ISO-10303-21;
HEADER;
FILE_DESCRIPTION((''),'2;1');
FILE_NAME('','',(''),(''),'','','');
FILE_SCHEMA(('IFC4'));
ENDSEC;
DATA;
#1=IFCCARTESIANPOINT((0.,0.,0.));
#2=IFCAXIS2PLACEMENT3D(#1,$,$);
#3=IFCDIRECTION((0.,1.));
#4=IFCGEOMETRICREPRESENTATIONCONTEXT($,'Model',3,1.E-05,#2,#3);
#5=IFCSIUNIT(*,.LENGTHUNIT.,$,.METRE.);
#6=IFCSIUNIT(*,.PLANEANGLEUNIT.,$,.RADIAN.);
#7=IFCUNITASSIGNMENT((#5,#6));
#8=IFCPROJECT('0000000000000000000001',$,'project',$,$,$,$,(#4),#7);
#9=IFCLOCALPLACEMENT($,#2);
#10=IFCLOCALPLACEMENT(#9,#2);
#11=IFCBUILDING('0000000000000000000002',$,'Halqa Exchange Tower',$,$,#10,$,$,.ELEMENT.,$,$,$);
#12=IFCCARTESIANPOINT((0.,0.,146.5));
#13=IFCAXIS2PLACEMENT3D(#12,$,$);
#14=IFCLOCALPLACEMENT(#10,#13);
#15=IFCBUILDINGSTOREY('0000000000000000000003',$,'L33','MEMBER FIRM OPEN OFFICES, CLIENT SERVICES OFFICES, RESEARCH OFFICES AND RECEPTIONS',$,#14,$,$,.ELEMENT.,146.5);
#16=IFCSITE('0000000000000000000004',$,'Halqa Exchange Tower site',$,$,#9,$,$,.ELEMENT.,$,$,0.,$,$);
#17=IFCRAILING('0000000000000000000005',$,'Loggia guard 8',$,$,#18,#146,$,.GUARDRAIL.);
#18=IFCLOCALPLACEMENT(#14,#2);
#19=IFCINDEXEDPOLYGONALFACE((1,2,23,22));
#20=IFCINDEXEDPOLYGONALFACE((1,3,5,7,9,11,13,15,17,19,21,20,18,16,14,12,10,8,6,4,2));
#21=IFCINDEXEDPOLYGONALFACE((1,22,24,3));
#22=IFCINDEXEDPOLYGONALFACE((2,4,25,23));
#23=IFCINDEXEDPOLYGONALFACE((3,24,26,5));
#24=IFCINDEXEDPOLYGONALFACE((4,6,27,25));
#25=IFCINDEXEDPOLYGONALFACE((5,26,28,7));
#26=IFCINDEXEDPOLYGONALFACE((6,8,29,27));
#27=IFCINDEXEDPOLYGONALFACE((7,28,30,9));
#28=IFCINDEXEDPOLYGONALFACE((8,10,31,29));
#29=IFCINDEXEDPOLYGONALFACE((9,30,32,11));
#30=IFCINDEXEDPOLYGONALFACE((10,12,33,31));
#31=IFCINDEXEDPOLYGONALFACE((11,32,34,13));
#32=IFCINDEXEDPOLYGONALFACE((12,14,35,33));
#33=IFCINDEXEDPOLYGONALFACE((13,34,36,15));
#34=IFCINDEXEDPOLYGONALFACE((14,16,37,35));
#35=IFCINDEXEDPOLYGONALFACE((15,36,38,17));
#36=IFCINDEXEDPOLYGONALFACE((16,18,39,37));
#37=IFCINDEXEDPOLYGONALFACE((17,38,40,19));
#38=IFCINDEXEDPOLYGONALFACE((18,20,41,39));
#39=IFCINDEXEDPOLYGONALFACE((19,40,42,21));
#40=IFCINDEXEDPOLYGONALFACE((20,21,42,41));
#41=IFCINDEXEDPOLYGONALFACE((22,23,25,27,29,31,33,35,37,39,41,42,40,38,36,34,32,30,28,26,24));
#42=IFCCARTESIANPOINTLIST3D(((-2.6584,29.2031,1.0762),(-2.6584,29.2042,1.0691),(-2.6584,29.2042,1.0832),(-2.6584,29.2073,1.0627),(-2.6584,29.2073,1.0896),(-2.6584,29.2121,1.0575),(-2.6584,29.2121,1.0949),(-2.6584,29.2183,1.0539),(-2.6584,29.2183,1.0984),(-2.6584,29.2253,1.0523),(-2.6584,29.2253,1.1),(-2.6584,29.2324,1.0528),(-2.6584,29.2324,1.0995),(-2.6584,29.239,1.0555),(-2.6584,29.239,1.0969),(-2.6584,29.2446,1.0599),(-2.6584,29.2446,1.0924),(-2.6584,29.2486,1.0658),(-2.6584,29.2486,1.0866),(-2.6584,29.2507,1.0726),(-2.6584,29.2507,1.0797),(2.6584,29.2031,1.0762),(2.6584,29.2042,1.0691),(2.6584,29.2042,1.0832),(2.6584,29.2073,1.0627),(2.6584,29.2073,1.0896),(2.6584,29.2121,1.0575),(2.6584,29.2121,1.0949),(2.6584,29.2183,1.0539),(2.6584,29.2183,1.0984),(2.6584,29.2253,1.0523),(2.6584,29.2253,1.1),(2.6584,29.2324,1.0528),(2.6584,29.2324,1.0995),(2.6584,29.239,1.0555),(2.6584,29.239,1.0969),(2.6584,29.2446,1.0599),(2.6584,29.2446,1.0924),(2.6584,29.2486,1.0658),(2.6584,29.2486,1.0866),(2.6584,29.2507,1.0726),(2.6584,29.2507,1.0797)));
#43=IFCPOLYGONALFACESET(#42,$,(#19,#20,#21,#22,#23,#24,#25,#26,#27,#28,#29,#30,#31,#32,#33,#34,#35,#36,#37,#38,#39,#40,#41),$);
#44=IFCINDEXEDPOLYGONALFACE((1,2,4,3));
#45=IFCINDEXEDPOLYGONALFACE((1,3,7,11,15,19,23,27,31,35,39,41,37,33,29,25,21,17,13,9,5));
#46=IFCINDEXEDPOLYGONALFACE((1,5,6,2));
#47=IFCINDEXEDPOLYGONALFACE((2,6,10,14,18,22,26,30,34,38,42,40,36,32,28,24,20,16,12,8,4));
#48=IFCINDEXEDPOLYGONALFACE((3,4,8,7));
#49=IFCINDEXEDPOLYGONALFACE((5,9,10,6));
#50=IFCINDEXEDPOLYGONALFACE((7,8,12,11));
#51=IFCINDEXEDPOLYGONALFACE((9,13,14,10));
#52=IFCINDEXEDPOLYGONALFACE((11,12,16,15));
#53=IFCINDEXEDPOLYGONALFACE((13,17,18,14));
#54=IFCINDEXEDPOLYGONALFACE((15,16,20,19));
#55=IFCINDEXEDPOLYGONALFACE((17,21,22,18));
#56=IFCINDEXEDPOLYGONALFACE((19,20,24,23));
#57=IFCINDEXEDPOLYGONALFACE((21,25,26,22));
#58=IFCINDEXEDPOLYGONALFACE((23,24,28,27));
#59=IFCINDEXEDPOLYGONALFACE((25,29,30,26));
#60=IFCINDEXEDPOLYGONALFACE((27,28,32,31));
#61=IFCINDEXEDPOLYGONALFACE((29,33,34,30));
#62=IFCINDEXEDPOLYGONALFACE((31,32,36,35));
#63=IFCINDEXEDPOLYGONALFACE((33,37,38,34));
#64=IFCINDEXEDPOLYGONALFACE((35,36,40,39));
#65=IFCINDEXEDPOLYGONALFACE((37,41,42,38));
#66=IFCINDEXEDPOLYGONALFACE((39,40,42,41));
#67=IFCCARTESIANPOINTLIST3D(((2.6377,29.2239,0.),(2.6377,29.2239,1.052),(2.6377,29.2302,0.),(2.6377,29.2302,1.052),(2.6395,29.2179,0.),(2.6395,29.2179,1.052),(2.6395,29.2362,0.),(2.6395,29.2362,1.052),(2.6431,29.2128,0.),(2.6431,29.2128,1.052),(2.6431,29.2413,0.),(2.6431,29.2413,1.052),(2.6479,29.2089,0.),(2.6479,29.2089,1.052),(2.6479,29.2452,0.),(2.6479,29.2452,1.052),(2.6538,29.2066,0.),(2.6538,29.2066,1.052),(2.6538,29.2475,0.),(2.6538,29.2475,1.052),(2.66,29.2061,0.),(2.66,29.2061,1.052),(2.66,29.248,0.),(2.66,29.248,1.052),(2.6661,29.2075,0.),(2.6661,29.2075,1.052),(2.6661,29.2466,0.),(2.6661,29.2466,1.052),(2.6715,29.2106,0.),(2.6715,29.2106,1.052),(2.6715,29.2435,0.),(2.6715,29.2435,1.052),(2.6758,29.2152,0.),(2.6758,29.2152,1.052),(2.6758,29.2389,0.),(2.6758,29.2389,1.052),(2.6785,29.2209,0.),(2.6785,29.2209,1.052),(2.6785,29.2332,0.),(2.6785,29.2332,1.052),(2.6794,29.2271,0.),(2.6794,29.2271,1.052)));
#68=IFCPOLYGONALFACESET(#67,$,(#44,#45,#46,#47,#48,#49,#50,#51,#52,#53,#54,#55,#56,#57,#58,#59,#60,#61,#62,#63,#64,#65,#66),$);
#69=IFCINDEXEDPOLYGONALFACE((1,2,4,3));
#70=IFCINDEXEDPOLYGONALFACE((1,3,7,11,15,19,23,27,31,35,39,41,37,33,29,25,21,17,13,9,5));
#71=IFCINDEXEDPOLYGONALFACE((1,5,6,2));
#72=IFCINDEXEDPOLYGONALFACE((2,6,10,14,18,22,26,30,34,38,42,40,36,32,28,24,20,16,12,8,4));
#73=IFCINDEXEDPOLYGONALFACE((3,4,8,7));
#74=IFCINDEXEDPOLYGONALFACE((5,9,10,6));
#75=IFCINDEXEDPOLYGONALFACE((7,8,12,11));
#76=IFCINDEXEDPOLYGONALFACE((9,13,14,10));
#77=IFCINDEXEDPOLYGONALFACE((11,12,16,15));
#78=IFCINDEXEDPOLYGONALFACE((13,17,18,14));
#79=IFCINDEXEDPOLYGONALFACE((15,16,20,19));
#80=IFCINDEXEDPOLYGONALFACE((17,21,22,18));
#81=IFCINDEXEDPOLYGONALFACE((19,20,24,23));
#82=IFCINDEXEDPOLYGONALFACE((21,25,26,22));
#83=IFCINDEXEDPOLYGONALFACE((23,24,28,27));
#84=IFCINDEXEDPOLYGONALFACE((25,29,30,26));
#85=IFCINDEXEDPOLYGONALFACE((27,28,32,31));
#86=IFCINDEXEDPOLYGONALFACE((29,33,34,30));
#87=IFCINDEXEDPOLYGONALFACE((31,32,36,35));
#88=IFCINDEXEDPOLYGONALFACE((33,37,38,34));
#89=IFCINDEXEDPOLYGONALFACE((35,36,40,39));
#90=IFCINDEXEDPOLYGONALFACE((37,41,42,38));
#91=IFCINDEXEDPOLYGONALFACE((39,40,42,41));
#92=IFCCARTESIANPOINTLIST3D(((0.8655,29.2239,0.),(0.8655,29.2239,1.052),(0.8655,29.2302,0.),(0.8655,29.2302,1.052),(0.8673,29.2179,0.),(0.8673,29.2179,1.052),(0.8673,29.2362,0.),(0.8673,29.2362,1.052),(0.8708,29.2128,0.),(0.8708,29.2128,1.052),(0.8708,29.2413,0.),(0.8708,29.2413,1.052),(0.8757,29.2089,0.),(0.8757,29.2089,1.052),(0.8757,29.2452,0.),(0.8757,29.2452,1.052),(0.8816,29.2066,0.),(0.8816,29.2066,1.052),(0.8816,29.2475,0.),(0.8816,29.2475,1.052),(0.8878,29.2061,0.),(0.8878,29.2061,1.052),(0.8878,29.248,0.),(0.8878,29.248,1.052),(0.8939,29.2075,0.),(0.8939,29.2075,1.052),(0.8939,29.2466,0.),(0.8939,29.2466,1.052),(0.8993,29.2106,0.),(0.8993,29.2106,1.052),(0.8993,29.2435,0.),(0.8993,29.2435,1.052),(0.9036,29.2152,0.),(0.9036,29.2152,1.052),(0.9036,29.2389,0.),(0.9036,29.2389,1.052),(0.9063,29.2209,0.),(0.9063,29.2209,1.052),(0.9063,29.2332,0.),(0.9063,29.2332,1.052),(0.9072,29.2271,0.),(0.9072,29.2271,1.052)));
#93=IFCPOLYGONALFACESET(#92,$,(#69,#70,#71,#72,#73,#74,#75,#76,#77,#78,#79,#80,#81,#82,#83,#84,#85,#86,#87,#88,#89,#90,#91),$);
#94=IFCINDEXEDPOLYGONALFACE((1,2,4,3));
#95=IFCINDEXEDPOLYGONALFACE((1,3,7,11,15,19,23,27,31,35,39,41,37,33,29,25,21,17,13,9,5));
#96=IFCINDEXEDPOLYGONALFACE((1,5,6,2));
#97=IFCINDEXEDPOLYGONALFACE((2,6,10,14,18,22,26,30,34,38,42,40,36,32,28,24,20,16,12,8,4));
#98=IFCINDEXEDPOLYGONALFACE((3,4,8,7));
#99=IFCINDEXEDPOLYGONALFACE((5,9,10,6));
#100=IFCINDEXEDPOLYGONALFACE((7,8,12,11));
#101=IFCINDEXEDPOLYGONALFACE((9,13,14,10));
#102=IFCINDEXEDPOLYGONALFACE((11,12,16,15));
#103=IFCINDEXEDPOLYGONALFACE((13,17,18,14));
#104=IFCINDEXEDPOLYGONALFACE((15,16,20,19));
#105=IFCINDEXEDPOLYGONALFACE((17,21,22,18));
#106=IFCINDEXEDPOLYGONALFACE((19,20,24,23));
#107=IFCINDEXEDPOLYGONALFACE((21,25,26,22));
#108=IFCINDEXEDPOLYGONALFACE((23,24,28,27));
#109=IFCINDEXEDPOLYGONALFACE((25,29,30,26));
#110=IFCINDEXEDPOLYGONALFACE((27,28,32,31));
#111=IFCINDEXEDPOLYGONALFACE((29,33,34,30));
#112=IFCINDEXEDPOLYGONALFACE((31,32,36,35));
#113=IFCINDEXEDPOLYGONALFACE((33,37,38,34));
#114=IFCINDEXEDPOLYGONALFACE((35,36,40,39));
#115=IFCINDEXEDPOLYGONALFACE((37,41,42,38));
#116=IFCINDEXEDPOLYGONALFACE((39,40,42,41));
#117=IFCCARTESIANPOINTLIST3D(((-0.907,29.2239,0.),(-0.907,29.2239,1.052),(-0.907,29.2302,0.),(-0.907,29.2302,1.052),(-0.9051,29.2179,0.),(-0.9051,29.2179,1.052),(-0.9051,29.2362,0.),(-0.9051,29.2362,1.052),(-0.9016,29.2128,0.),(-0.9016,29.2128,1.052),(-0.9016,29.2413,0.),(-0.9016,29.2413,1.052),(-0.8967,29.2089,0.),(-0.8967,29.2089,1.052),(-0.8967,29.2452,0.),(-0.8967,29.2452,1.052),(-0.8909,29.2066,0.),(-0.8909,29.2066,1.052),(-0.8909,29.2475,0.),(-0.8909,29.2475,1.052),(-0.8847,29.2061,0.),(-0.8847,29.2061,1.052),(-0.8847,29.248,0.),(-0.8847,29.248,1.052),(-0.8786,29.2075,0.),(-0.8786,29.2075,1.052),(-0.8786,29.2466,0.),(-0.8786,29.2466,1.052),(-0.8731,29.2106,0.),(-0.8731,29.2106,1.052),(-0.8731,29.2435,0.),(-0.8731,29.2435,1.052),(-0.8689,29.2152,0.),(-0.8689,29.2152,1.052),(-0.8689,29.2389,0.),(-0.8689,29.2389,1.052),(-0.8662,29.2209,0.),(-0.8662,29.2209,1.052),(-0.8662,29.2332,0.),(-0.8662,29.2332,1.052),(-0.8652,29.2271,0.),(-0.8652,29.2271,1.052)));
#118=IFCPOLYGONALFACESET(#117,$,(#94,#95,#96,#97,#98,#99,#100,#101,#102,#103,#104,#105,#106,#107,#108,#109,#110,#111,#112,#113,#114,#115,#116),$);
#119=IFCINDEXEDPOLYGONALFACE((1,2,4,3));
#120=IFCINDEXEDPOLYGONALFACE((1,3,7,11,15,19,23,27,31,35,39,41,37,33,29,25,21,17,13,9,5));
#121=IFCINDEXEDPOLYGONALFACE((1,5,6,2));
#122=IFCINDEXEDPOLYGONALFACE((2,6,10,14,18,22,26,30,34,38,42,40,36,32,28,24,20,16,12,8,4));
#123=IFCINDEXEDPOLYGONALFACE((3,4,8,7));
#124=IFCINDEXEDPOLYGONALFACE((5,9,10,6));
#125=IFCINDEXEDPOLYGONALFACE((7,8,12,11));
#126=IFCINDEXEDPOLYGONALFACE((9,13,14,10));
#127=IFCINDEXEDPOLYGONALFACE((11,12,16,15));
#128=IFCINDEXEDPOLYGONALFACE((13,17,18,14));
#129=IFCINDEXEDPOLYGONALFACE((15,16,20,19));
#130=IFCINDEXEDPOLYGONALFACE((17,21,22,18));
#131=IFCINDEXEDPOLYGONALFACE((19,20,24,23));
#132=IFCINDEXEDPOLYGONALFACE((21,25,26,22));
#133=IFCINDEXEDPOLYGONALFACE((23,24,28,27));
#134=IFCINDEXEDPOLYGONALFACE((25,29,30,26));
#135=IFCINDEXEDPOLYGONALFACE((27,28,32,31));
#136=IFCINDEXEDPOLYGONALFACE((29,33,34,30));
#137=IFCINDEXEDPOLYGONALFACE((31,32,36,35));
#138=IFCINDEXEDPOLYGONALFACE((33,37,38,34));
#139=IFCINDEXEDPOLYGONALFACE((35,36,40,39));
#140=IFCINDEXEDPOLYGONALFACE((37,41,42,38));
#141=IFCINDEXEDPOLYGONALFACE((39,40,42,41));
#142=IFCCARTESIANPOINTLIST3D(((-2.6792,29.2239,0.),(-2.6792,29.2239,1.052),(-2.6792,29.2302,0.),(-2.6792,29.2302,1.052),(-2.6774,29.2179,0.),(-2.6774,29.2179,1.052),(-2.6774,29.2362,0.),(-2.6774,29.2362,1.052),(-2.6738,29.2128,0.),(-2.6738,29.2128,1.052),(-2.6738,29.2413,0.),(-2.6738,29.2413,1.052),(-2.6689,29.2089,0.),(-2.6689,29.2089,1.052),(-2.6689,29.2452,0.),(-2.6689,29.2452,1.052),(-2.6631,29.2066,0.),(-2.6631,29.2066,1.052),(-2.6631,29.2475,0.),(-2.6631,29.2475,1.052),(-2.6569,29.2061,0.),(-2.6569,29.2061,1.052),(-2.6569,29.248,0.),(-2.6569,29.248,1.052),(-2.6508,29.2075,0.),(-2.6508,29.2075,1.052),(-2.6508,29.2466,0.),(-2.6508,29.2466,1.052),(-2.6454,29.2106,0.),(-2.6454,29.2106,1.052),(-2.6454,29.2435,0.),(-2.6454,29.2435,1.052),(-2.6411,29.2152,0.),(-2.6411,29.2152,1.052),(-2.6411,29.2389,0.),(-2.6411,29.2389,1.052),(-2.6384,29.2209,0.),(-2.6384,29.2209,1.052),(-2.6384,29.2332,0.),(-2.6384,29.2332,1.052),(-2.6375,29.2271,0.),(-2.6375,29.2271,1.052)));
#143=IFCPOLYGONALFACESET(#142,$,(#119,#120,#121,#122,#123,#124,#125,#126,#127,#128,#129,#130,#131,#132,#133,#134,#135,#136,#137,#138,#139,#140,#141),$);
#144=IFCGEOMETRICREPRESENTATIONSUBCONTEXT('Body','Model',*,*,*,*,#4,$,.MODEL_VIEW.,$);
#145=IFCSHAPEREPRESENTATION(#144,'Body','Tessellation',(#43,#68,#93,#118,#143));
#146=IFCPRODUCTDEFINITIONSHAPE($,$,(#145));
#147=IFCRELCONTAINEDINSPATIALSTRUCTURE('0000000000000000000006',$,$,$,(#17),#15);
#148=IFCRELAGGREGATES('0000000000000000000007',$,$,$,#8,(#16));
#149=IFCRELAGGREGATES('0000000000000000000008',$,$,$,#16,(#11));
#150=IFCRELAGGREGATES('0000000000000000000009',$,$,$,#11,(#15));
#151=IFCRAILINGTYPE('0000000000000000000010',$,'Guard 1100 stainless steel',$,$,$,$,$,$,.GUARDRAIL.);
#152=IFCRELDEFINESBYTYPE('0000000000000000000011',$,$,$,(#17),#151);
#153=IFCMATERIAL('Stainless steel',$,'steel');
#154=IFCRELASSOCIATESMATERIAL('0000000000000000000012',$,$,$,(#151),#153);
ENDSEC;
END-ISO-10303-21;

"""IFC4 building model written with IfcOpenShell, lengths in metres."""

from ifc_helpers import new_model, si_unit, direction, frame, origin, origin_2d, place, context, subcontext, project, spatial, circle, extrude, material, type_object, element, save


model = new_model("IFC4")

# Units and contexts
model_context = context("Model", 3, precision=1e-05, world=origin(), true_north=direction((0.0, 1.0)))
body_context = subcontext(model_context, "Body", "Model", "MODEL_VIEW")
ifc_project = project(units=[si_unit("LENGTHUNIT", "METRE"), si_unit("PLANEANGLEUNIT", "RADIAN")], contexts=[model_context])

# Site, building, storey
site_placement = place(None, origin())
site = spatial("IfcSite", under=ifc_project, at=site_placement, Name="Halqa Exchange Tower site", CompositionType="ELEMENT", RefElevation=0.0)
building_placement = place(site_placement, origin())
building = spatial("IfcBuilding", under=site, at=building_placement, Name="Halqa Exchange Tower", CompositionType="ELEMENT")
storey_placement = place(building_placement, frame((0.0, 0.0, 146.5)))
storey = spatial("IfcBuildingStorey", under=building, at=storey_placement, Name="L33", Description="MEMBER FIRM OPEN OFFICES, CLIENT SERVICES OFFICES, RESEARCH OFFICES AND RECEPTIONS", CompositionType="ELEMENT", Elevation=146.5)

# Railing
ifc_material_1 = material(Name="Stainless steel", Category="steel")
railing_type = type_object("IfcRailingType", Name="Guard 1100 stainless steel", PredefinedType="GUARDRAIL", material=ifc_material_1)
railing_1_placement = place(storey_placement, frame((2.6584, 29.2271, 0.0)))
element("IfcRailing", 1, at=railing_1_placement, inside=storey, type_object=railing_type, Name="Loggia guard 8", PredefinedType="GUARDRAIL", context=body_context, shape_type="SweptSolid", body=[
    extrude(circle(Radius=0.0239, at=origin_2d()), frame((0.0, 0.0, 1.0762), z_axis=(-1.0, 0.0, 0.0), x_axis=(0.0, -1.0, 0.0)), (0.0, 0.0, 1.0), 5.3169),
    extrude(circle(Radius=0.021, at=origin_2d()), origin(), (0.0, 0.0, 1.0), 1.052),
    extrude(circle(Radius=0.021, at=origin_2d()), frame((-1.7722, 0.0, 0.0)), (0.0, 0.0, 1.0), 1.052),
    extrude(circle(Radius=0.021, at=origin_2d()), frame((-3.5447, 0.0, 0.0)), (0.0, 0.0, 1.0), 1.052),
    extrude(circle(Radius=0.021, at=origin_2d()), frame((-5.3169, 0.0, 0.0)), (0.0, 0.0, 1.0), 1.052),
])

save(model, "model.ifc")
